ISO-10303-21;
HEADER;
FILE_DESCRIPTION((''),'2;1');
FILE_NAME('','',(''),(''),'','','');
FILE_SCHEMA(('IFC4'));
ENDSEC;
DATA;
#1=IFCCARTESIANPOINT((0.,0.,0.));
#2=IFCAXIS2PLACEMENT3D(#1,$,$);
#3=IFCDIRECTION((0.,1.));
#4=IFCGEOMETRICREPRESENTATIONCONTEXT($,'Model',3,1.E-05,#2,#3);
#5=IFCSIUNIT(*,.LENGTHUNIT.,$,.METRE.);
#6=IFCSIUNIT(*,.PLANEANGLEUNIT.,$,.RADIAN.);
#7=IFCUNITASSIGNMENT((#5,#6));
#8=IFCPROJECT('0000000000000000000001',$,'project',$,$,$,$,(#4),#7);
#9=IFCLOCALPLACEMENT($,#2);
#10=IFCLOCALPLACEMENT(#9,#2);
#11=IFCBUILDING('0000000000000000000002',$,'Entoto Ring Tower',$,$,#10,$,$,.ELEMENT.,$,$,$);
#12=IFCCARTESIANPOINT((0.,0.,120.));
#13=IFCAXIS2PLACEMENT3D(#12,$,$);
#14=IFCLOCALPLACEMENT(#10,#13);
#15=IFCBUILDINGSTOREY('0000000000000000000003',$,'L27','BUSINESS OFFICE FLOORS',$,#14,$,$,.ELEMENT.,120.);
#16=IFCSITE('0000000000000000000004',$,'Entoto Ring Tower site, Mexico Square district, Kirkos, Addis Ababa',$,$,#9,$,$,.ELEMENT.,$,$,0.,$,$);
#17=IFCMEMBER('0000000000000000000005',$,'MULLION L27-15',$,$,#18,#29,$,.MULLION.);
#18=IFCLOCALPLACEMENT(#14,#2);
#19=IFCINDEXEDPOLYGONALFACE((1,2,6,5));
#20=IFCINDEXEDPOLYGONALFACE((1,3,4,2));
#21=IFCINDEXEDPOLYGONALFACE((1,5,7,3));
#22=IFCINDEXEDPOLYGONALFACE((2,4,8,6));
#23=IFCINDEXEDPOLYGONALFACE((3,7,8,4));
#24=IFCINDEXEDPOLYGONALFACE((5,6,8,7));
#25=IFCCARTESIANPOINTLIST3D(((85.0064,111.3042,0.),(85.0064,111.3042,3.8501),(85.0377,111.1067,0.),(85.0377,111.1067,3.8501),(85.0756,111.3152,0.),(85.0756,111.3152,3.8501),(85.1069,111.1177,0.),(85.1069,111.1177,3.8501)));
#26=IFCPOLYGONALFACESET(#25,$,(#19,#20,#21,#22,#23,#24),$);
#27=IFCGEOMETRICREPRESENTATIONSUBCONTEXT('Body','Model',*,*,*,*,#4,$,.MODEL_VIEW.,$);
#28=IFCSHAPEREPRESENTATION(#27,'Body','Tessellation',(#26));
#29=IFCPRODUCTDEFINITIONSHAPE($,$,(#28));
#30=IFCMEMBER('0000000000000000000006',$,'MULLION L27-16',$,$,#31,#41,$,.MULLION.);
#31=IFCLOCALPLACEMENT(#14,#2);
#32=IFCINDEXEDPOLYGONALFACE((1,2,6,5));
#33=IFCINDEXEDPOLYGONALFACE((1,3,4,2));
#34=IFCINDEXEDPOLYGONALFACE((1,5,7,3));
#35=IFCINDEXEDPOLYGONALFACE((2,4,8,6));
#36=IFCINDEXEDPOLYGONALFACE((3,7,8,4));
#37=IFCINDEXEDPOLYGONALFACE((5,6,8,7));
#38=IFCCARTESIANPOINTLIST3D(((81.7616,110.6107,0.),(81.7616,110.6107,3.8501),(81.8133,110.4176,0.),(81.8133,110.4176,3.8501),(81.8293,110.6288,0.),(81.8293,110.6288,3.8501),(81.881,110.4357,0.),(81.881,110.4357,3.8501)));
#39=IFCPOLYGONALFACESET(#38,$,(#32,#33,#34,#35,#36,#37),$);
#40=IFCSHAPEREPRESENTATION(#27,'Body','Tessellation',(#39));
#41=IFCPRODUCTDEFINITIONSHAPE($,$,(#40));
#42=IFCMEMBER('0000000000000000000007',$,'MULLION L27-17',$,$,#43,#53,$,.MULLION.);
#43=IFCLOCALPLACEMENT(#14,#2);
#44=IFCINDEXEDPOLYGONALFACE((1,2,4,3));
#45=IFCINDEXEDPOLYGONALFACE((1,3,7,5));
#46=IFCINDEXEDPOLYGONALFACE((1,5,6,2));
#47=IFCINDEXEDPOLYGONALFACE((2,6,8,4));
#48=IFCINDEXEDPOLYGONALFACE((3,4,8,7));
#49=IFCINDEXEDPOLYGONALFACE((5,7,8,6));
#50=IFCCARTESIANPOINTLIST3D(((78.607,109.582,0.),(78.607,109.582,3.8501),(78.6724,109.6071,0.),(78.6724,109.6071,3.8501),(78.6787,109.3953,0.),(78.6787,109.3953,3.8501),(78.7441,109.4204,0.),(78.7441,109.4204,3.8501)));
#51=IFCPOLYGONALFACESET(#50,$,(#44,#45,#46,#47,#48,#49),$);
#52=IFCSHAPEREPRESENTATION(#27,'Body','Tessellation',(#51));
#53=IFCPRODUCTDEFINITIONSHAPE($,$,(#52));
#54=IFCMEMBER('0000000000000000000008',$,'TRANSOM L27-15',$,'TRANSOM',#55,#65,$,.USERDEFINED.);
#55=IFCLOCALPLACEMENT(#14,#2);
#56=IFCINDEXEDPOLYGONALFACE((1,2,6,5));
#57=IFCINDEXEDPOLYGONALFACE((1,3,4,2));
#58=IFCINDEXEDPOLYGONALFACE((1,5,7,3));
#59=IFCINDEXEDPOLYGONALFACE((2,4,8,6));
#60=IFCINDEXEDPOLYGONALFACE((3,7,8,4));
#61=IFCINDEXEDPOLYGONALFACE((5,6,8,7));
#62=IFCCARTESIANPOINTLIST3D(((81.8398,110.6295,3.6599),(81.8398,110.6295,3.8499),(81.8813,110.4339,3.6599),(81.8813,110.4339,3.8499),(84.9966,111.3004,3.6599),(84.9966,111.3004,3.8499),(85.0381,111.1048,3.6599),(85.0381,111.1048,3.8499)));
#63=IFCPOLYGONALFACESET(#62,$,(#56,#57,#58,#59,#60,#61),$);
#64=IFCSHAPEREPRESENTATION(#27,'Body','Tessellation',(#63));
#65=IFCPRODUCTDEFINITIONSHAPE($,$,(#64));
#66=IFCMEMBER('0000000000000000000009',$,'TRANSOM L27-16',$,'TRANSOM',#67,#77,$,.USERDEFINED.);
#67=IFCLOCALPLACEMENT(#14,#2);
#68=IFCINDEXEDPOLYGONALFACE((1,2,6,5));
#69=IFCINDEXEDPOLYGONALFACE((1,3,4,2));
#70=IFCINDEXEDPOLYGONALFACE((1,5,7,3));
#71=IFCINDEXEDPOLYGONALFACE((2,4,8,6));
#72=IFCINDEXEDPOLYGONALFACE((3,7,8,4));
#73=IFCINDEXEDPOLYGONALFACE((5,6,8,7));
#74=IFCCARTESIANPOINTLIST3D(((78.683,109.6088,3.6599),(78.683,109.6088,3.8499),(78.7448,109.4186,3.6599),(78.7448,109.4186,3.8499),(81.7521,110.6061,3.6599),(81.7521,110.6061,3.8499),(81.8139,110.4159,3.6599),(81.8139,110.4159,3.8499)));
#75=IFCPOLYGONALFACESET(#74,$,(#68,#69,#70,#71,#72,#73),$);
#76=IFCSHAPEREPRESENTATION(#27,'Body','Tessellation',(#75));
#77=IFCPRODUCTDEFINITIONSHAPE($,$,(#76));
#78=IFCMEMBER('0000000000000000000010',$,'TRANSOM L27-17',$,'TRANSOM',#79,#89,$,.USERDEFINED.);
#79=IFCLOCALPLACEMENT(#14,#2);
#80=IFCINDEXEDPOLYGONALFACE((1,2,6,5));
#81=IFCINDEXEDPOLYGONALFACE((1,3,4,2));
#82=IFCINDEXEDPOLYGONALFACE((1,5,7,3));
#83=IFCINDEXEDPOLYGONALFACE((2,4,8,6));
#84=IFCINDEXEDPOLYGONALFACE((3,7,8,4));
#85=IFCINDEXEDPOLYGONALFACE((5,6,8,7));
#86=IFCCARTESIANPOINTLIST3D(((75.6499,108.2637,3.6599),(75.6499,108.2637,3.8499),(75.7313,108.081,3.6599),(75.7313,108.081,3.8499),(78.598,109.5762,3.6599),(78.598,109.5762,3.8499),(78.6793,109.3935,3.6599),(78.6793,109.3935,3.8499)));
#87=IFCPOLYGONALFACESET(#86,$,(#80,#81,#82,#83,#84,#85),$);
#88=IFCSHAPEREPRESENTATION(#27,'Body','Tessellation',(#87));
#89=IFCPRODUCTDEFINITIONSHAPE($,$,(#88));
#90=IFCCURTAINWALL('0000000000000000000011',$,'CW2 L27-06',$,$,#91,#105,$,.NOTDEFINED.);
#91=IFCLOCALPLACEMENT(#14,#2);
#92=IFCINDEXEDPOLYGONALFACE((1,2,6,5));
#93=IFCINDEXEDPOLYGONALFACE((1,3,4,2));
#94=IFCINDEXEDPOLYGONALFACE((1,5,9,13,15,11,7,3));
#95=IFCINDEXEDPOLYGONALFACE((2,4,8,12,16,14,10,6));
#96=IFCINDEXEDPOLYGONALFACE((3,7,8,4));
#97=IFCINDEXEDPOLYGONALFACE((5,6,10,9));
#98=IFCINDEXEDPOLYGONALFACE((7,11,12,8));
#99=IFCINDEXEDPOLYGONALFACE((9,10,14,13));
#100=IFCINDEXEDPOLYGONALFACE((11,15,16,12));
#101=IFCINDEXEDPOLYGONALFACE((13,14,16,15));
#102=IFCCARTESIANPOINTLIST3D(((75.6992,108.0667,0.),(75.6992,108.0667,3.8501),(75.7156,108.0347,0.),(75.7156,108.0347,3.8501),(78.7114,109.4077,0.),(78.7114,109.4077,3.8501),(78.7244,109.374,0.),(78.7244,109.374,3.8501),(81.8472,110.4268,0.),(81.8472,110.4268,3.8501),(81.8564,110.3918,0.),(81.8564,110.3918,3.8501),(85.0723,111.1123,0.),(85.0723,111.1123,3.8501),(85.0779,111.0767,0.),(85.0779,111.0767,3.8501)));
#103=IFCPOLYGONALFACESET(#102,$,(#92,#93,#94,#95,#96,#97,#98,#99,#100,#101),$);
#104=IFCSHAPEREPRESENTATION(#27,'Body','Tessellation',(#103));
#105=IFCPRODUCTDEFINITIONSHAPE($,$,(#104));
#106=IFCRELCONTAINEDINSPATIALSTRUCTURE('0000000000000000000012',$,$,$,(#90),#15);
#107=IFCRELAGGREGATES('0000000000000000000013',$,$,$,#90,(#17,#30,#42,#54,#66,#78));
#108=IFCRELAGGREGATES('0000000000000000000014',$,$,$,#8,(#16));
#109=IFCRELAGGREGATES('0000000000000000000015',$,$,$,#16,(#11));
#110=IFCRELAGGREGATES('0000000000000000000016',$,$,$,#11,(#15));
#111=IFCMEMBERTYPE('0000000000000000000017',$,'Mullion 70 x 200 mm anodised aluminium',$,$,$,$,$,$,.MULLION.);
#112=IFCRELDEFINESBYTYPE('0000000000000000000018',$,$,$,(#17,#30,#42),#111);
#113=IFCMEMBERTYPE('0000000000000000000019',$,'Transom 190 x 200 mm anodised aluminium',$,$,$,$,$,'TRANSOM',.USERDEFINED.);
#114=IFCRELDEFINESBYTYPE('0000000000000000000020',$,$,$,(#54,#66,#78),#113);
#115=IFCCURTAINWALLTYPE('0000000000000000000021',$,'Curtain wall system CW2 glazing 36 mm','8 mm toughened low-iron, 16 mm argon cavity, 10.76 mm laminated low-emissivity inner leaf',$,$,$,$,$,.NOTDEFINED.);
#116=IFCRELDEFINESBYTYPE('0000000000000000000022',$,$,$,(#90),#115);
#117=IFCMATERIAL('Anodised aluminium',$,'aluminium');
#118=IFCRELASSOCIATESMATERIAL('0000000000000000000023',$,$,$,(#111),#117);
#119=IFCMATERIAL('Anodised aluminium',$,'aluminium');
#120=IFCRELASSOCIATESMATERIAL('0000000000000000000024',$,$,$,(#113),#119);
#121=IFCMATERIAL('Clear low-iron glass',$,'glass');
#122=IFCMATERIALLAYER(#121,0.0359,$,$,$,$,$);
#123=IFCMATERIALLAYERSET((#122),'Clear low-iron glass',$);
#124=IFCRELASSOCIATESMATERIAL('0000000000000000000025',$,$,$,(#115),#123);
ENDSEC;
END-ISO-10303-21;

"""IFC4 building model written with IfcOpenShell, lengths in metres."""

from ifc_helpers import new_model, si_unit, direction, frame, origin, origin_2d, place, context, subcontext, project, spatial, polyline, rectangle, outline, extrude, material, layer, layer_set, material_profile, profile_set, type_object, element, aggregate, save


model = new_model("IFC4")

# Units and contexts
model_context = context("Model", 3, precision=1e-05, world=origin(), true_north=direction((0.0, 1.0)))
body_context = subcontext(model_context, "Body", "Model", "MODEL_VIEW")
ifc_project = project(units=[si_unit("LENGTHUNIT", "METRE"), si_unit("PLANEANGLEUNIT", "RADIAN")], contexts=[model_context])

# Members
ifc_material_1 = material(Name="Anodised aluminium", Category="aluminium")
ifc_material_profile_1 = material_profile(ifc_material_1, rectangle(XDim=0.0701, YDim=0.2, at=origin_2d()), Name="Mullion 70 x 200 mm anodised aluminium")
ifc_profile_set_1 = profile_set([ifc_material_profile_1], Name="Anodised aluminium")
member_type_1 = type_object("IfcMemberType", Name="Mullion 70 x 200 mm anodised aluminium", PredefinedType="MULLION", material=ifc_profile_set_1)
site_placement = place(None, origin())
building_placement = place(site_placement, origin())
storey_placement = place(building_placement, frame((0.0, 0.0, 120.0)))
member_1_placement = place(storey_placement, frame((85.0566, 111.2109, 0.0), z_axis=(0.0, 0.0, 1.0), x_axis=(-0.987688, -0.156434, 0.0)))
member_1 = element("IfcMember", 1, at=member_1_placement, type_object=member_type_1, Name="MULLION L27-15", PredefinedType="MULLION", context=body_context, shape_type="SweptSolid", body=[
    extrude(rectangle(XDim=0.0701, YDim=0.2, at=origin_2d()), origin(), (0.0, 0.0, 1.0), 3.8501),
])
member_2_placement = place(storey_placement, frame((81.8213, 110.5232, 0.0), z_axis=(0.0, 0.0, 1.0), x_axis=(-0.965926, -0.258819, 0.0)))
member_2 = element("IfcMember", 2, at=member_2_placement, type_object=member_type_1, Name="MULLION L27-16", PredefinedType="MULLION", context=body_context, shape_type="SweptSolid", body=[
    extrude(rectangle(XDim=0.0701, YDim=0.2, at=origin_2d()), origin(), (0.0, 0.0, 1.0), 3.8501),
])
member_3_placement = place(storey_placement, frame((78.6755, 109.5012, 0.0), z_axis=(0.0, 0.0, 1.0), x_axis=(-0.93358, -0.358368, 0.0)))
member_3 = element("IfcMember", 3, at=member_3_placement, type_object=member_type_1, Name="MULLION L27-17", PredefinedType="MULLION", context=body_context, shape_type="SweptSolid", body=[
    extrude(rectangle(XDim=0.0701, YDim=0.2, at=origin_2d()), origin(), (0.0, 0.0, 1.0), 3.8501),
])
ifc_material_2 = material(Name="Anodised aluminium", Category="aluminium")
ifc_material_profile_2 = material_profile(ifc_material_2, rectangle(XDim=0.2, YDim=0.1899, at=origin_2d()), Name="Transom 190 x 200 mm anodised aluminium")
ifc_profile_set_2 = profile_set([ifc_material_profile_2], Name="Anodised aluminium")
member_type_2 = type_object("IfcMemberType", Name="Transom 190 x 200 mm anodised aluminium", ElementType="TRANSOM", PredefinedType="USERDEFINED", material=ifc_profile_set_2)
member_4_placement = place(storey_placement, frame((85.0173, 111.2026, 3.7549), z_axis=(-0.978153, -0.207886, 0.0), x_axis=(0.207886, -0.978153, 0.0)))
member_4 = element("IfcMember", 4, at=member_4_placement, type_object=member_type_2, Name="TRANSOM L27-15", ObjectType="TRANSOM", PredefinedType="USERDEFINED", context=body_context, shape_type="SweptSolid", body=[
    extrude(rectangle(XDim=0.2, YDim=0.1899, at=origin_2d()), origin(), (0.0, 0.0, 1.0), 3.2273),
])
member_5_placement = place(storey_placement, frame((81.783, 110.511, 3.7549), z_axis=(-0.951047, -0.309047, 0.0), x_axis=(0.309047, -0.951047, 0.0)))
member_5 = element("IfcMember", 5, at=member_5_placement, type_object=member_type_2, Name="TRANSOM L27-16", ObjectType="TRANSOM", PredefinedType="USERDEFINED", context=body_context, shape_type="SweptSolid", body=[
    extrude(rectangle(XDim=0.2, YDim=0.1899, at=origin_2d()), origin(), (0.0, 0.0, 1.0), 3.2271),
])
member_6_placement = place(storey_placement, frame((78.6387, 109.4849, 3.7549), z_axis=(-0.913549, -0.406728, 0.0), x_axis=(0.406728, -0.913549, 0.0)))
member_6 = element("IfcMember", 6, at=member_6_placement, type_object=member_type_2, Name="TRANSOM L27-17", ObjectType="TRANSOM", PredefinedType="USERDEFINED", context=body_context, shape_type="SweptSolid", body=[
    extrude(rectangle(XDim=0.2, YDim=0.1899, at=origin_2d()), origin(), (0.0, 0.0, 1.0), 3.2271),
])

# Site, building, storey
site = spatial("IfcSite", under=ifc_project, at=site_placement, Name="Entoto Ring Tower site, Mexico Square district, Kirkos, Addis Ababa", CompositionType="ELEMENT", RefElevation=0.0)
building = spatial("IfcBuilding", under=site, at=building_placement, Name="Entoto Ring Tower", CompositionType="ELEMENT")
storey = spatial("IfcBuildingStorey", under=building, at=storey_placement, Name="L27", Description="BUSINESS OFFICE FLOORS", CompositionType="ELEMENT", Elevation=120.0)

# Curtain wall
ifc_material_3 = material(Name="Clear low-iron glass", Category="glass")
ifc_layer = layer(ifc_material_3, 0.0359)
ifc_layer_set = layer_set([ifc_layer], Name="Clear low-iron glass")
curtain_wall_type = type_object("IfcCurtainWallType", Name="Curtain wall system CW2 glazing 36 mm", Description="8 mm toughened low-iron, 16 mm argon cavity, 10.76 mm laminated low-emissivity inner leaf", PredefinedType="NOTDEFINED", material=ifc_layer_set)
curtain_wall_1_placement = place(storey_placement, origin())
curtain_wall_1 = element("IfcCurtainWall", 7, at=curtain_wall_1_placement, inside=storey, type_object=curtain_wall_type, Name="CW2 L27-06", PredefinedType="NOTDEFINED", context=body_context, shape_type="SweptSolid", body=[
    extrude(outline(polyline([(85.0723, 111.1123), (81.8472, 110.4268), (78.7114, 109.4077), (75.6992, 108.0667), (75.7156, 108.0347), (78.7244, 109.374), (81.8564, 110.3918), (85.0779, 111.0767), (85.0723, 111.1123)])), origin(), (0.0, 0.0, 1.0), 3.8501),
])
aggregate(curtain_wall_1, [member_1, member_2, member_3, member_4, member_5, member_6])

save(model, "model.ifc")
